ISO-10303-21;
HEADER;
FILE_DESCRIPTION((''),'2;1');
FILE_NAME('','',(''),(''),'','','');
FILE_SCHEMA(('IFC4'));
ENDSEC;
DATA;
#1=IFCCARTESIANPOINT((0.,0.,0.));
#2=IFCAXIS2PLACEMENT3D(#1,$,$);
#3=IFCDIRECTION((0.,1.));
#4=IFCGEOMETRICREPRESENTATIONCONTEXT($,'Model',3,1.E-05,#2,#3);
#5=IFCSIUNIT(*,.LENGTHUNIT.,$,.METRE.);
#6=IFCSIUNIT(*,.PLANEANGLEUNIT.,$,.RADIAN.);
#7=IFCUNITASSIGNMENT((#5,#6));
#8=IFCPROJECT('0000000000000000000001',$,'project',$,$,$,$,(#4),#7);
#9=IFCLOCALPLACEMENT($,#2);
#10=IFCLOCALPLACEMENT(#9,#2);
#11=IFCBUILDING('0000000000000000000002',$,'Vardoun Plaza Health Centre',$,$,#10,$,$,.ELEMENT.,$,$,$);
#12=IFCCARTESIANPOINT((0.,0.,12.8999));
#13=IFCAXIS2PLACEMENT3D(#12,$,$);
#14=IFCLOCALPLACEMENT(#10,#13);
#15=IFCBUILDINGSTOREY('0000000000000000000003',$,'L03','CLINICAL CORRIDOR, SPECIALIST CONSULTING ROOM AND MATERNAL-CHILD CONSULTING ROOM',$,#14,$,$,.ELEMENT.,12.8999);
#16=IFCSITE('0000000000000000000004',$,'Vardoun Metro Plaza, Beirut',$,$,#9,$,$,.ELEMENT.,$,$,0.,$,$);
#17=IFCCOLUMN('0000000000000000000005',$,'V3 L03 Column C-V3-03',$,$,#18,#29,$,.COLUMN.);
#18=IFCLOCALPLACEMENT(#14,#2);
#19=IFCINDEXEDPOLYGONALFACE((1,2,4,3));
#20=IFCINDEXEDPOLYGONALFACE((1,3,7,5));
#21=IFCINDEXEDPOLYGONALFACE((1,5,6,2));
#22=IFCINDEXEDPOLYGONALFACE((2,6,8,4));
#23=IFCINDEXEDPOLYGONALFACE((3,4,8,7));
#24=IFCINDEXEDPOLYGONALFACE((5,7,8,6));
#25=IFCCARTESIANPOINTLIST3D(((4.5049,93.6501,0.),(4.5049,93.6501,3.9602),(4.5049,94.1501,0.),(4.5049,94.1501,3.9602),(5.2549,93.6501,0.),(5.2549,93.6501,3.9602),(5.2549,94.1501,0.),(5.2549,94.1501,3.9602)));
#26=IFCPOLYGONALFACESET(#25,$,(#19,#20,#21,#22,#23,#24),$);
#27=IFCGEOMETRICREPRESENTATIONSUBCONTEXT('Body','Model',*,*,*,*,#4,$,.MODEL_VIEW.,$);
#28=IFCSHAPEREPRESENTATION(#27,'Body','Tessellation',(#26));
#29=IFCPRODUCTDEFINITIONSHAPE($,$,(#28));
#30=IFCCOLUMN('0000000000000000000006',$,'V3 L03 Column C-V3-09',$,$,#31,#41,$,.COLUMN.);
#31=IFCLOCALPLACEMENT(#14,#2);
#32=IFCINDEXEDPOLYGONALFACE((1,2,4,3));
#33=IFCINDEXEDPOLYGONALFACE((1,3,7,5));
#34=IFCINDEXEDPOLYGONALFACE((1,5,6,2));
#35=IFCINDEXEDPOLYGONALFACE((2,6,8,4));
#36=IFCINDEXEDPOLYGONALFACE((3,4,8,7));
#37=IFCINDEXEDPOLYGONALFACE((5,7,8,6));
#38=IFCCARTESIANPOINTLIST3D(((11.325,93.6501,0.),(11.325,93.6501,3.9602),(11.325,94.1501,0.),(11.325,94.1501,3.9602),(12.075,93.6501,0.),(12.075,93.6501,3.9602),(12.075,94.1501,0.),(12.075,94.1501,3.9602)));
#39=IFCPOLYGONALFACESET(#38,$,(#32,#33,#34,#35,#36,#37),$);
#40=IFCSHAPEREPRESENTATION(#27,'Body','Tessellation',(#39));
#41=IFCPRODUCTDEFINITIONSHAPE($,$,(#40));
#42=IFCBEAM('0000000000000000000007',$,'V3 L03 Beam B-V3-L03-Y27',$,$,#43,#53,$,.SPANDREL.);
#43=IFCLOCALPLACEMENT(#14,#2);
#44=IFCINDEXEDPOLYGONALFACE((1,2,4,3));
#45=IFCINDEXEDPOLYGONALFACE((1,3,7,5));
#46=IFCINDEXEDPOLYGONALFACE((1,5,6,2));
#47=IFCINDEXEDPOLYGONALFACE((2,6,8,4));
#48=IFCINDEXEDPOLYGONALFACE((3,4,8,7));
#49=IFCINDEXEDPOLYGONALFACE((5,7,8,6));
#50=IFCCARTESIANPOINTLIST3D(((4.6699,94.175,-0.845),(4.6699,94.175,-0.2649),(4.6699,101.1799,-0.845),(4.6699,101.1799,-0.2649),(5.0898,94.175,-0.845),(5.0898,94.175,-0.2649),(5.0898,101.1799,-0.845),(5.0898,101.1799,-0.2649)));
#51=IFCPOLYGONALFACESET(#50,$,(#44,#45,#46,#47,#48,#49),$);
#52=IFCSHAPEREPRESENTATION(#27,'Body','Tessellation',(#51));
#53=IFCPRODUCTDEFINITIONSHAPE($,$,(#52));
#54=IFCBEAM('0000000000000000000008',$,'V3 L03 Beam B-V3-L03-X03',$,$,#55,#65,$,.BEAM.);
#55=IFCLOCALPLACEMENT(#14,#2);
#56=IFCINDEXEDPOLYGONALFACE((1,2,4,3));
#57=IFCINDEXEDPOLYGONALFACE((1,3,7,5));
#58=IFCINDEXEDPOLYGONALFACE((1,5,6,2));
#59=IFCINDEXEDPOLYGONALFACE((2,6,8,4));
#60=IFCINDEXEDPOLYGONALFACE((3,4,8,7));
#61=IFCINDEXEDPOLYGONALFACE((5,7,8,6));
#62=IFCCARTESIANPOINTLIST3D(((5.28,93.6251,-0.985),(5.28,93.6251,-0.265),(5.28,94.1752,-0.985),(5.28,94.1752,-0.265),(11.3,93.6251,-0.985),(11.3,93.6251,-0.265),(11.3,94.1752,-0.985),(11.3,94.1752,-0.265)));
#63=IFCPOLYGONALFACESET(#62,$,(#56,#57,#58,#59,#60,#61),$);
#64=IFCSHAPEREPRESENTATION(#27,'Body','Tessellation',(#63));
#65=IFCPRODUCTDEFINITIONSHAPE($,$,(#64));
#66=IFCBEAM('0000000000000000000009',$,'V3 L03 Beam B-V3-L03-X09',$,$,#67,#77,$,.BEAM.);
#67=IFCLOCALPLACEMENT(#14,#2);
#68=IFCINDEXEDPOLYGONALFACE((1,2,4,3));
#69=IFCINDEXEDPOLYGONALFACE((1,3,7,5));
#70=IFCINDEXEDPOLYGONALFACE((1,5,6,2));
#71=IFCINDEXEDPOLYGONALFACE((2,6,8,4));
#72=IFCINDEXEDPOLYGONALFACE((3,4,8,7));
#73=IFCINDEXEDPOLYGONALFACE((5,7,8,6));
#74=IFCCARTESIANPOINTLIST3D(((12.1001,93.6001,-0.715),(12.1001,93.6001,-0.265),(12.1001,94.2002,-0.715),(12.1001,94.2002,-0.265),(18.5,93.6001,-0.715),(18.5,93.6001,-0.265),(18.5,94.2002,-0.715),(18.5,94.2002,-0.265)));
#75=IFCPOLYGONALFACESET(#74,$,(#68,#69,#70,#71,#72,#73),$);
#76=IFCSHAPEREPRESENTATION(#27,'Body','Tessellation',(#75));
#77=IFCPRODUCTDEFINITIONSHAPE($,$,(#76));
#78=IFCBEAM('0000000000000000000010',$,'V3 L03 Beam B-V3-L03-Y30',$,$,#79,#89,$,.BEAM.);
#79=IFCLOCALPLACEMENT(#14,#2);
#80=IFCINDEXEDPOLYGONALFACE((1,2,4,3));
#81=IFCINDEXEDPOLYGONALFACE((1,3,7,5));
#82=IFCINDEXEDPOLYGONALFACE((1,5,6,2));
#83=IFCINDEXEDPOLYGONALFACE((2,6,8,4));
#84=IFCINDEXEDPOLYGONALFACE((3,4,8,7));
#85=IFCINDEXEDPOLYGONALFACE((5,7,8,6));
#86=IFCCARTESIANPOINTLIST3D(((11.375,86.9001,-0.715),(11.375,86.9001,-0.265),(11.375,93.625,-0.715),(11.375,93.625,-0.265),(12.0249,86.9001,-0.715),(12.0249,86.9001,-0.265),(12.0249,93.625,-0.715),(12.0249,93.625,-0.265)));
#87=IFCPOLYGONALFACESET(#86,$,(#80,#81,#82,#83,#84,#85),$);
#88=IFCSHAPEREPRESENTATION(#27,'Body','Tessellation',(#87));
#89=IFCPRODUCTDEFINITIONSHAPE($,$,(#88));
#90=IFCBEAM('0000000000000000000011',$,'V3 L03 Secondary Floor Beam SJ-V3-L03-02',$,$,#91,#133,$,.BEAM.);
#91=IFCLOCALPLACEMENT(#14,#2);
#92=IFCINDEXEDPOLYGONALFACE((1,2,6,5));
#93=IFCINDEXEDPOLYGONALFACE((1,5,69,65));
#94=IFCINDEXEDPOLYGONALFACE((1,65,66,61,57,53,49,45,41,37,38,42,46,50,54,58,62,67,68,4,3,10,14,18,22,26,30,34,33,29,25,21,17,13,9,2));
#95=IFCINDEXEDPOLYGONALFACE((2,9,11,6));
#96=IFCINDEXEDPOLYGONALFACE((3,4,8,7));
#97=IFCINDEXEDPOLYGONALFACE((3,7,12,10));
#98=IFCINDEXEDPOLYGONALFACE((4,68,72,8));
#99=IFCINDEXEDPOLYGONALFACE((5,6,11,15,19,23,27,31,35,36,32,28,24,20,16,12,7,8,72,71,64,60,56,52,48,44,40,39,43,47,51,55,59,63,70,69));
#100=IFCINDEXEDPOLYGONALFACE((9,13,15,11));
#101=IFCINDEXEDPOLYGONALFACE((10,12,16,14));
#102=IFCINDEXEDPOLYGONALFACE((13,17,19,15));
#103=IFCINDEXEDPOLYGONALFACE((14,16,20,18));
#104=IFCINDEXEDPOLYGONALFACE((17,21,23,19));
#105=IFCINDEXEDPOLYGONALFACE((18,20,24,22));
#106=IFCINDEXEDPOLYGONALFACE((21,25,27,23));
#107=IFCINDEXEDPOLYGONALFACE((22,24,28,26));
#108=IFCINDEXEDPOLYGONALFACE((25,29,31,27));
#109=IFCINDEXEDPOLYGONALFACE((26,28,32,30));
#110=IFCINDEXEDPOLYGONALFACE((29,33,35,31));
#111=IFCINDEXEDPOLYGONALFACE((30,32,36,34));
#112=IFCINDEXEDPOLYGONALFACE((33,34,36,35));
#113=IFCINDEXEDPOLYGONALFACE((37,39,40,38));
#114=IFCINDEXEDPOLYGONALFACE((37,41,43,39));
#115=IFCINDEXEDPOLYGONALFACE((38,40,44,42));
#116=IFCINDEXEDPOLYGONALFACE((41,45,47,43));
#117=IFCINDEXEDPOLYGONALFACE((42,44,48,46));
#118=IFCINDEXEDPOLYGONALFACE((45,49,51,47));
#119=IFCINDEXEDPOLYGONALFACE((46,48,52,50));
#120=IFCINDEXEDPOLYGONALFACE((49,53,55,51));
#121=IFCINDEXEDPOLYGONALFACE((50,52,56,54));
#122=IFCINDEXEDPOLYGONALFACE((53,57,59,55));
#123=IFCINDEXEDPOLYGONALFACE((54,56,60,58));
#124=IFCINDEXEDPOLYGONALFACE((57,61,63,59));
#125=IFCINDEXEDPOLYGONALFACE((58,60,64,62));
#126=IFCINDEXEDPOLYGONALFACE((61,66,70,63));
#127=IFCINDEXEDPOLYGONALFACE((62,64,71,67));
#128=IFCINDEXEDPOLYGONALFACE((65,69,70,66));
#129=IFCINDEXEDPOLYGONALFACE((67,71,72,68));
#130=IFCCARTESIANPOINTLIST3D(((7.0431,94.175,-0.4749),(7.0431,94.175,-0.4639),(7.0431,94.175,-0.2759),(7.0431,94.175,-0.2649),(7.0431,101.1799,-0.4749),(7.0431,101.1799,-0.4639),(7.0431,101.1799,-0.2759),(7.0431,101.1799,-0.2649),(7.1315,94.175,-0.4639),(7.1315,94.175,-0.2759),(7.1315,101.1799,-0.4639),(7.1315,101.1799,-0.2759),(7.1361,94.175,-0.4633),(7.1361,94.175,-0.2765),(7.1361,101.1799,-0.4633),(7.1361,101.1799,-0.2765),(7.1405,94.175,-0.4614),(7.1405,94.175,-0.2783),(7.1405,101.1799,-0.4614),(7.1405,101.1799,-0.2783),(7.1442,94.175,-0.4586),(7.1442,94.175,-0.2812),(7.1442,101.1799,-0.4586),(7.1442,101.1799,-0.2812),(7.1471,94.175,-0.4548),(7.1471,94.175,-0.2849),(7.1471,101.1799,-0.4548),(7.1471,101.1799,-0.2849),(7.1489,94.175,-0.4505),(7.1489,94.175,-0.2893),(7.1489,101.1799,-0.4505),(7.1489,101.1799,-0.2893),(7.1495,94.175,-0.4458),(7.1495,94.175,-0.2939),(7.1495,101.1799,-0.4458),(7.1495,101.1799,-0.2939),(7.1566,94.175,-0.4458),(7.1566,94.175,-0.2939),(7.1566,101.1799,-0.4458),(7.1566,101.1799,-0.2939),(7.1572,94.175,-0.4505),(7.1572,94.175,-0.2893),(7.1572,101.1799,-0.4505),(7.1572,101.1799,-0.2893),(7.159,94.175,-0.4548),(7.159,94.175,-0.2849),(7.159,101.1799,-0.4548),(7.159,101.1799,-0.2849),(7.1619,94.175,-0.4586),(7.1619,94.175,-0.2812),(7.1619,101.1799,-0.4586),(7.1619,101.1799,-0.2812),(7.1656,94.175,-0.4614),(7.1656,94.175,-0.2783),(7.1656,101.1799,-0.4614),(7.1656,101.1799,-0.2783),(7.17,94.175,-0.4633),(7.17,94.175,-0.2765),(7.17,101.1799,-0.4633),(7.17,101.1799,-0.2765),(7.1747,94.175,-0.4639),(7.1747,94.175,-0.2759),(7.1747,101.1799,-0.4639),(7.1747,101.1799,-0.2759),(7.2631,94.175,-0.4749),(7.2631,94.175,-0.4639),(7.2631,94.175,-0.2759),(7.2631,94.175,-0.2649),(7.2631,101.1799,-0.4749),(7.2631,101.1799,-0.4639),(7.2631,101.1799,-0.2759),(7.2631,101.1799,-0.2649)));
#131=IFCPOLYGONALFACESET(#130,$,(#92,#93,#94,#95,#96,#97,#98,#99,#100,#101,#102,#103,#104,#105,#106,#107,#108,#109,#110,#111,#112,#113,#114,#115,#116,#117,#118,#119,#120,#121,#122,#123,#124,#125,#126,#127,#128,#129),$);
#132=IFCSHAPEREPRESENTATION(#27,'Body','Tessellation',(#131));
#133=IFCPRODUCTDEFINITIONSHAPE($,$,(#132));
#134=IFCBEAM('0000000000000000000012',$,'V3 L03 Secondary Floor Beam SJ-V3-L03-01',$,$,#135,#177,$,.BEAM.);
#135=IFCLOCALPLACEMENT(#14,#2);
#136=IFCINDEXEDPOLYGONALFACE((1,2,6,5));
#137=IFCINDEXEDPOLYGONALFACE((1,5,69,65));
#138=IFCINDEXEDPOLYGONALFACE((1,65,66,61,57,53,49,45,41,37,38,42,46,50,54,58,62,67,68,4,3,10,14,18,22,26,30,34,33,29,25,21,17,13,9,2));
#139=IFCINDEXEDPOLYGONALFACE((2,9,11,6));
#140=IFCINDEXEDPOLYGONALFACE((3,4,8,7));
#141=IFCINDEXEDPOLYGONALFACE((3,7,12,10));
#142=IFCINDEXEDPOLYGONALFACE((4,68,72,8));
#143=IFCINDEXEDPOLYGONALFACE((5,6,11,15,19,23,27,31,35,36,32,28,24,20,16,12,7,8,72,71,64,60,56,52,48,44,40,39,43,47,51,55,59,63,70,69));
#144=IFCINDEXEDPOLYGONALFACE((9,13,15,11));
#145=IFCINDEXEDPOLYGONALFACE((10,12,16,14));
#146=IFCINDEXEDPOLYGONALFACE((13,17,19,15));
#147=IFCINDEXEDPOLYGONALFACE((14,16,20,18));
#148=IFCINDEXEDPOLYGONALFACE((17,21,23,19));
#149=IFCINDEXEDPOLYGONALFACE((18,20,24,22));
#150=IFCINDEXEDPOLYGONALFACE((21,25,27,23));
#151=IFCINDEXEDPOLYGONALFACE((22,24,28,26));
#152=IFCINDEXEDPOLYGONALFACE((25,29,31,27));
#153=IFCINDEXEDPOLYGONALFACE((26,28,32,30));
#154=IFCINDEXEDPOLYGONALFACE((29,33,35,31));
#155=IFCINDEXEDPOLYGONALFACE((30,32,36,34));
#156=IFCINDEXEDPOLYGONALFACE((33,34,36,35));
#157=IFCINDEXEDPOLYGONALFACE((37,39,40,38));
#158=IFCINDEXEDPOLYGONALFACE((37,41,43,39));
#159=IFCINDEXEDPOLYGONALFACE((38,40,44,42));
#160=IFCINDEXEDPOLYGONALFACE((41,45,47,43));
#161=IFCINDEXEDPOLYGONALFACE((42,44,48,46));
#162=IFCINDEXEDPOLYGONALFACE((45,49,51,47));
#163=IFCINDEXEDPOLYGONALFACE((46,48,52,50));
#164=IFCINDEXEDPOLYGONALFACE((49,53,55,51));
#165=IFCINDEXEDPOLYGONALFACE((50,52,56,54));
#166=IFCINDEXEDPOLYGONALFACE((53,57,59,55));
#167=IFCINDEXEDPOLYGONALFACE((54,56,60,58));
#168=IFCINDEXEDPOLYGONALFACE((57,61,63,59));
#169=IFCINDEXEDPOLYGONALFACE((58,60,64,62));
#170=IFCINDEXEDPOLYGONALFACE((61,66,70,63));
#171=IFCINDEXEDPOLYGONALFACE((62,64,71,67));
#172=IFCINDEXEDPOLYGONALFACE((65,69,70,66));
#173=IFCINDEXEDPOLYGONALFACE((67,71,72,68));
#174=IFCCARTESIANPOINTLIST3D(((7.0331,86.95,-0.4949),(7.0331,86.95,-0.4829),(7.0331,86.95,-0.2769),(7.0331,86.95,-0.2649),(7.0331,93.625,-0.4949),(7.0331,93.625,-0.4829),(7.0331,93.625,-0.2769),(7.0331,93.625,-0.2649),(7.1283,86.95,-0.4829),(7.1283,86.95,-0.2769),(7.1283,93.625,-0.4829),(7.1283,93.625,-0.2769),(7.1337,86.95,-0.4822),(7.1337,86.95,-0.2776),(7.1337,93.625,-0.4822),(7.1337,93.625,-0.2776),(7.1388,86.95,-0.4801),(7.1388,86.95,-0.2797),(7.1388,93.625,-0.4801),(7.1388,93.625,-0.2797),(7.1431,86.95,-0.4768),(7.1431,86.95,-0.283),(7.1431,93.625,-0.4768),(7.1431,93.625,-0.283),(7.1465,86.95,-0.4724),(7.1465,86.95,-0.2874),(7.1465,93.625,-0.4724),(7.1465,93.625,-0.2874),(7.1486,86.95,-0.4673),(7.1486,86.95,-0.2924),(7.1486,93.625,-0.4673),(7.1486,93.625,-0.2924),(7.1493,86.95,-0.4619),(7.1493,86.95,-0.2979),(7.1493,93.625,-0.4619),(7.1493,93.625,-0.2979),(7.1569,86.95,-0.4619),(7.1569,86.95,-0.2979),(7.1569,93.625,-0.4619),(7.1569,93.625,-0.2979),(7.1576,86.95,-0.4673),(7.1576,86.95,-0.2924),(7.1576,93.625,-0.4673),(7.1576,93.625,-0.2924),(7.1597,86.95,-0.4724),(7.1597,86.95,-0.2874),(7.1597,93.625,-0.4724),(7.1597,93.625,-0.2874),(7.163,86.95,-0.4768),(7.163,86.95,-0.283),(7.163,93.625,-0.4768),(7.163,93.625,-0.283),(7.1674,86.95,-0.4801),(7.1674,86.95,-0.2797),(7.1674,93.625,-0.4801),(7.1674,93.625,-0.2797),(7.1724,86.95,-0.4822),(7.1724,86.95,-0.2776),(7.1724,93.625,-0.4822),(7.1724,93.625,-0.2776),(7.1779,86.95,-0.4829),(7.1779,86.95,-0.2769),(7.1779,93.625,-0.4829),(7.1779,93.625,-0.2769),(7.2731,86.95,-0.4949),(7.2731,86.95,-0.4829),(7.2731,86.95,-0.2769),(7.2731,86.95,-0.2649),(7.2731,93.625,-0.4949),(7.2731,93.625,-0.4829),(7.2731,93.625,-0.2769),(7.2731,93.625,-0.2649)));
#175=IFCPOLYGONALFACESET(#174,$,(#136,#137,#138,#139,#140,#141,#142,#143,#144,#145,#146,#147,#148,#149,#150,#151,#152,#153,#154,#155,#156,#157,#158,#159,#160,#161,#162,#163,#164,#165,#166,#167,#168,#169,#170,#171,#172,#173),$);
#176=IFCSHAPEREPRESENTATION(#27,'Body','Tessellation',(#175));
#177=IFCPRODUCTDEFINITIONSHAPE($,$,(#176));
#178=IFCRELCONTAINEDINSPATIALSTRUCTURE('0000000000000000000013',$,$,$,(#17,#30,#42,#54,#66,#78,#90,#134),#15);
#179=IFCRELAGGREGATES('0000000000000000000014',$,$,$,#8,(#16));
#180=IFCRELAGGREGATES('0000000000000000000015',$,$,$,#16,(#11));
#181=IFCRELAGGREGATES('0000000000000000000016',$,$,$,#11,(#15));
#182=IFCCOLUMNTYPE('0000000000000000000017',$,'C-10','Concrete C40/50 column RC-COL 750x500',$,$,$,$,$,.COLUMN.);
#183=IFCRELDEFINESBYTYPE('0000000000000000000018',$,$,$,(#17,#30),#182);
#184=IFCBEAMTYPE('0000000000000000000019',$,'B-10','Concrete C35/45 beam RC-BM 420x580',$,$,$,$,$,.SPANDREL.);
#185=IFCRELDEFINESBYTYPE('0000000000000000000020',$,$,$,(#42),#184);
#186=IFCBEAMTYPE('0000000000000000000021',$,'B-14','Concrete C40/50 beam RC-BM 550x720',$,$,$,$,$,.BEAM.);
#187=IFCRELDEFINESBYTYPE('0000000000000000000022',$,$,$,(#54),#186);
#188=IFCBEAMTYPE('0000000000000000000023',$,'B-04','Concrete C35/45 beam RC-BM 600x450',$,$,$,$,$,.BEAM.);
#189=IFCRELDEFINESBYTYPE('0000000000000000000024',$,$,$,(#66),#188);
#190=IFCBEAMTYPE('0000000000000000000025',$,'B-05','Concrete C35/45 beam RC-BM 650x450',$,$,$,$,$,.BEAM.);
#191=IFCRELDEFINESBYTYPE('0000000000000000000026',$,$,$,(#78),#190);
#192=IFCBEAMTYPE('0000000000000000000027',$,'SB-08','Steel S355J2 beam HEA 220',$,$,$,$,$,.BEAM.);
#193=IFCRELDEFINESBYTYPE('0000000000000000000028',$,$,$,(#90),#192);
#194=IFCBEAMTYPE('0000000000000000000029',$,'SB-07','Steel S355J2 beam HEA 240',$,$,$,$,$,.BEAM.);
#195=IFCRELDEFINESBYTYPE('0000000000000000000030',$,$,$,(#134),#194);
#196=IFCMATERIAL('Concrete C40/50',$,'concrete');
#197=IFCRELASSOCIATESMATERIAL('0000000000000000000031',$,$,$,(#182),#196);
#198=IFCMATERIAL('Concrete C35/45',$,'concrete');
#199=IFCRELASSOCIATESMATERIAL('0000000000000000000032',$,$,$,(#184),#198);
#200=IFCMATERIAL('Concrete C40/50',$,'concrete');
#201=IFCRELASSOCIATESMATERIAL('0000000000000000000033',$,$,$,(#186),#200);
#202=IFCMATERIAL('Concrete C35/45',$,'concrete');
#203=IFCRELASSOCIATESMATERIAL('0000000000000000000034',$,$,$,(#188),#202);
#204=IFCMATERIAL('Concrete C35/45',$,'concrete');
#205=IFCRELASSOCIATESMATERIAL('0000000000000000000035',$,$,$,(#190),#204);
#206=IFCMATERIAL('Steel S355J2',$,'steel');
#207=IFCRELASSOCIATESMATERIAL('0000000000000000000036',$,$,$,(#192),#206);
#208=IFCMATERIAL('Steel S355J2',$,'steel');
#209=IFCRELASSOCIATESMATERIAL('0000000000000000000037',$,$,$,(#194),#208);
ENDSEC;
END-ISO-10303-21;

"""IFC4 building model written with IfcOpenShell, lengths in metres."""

from ifc_helpers import new_model, si_unit, direction, frame, origin, origin_2d, place, context, subcontext, project, spatial, rectangle, i_section, extrude, material, material_profile, profile_set, type_object, element, save


model = new_model("IFC4")

# Units and contexts
model_context = context("Model", 3, precision=1e-05, world=origin(), true_north=direction((0.0, 1.0)))
body_context = subcontext(model_context, "Body", "Model", "MODEL_VIEW")
ifc_project = project(units=[si_unit("LENGTHUNIT", "METRE"), si_unit("PLANEANGLEUNIT", "RADIAN")], contexts=[model_context])

# Site, building, storey
site_placement = place(None, origin())
site = spatial("IfcSite", under=ifc_project, at=site_placement, Name="Vardoun Metro Plaza, Beirut", CompositionType="ELEMENT", RefElevation=0.0)
building_placement = place(site_placement, origin())
building = spatial("IfcBuilding", under=site, at=building_placement, Name="Vardoun Plaza Health Centre", CompositionType="ELEMENT")
storey_placement = place(building_placement, frame((0.0, 0.0, 12.8999)))
storey = spatial("IfcBuildingStorey", under=building, at=storey_placement, Name="L03", Description="CLINICAL CORRIDOR, SPECIALIST CONSULTING ROOM AND MATERNAL-CHILD CONSULTING ROOM", CompositionType="ELEMENT", Elevation=12.8999)

# Columns
ifc_material_1 = material(Name="Concrete C40/50", Category="concrete")
ifc_material_profile_1 = material_profile(ifc_material_1, rectangle(XDim=0.75, YDim=0.5, at=origin_2d()), Name="RC-COL 750x500")
ifc_profile_set_1 = profile_set([ifc_material_profile_1], Name="Concrete C40/50")
column_type = type_object("IfcColumnType", Name="C-10", Description="Concrete C40/50 column RC-COL 750x500", PredefinedType="COLUMN", material=ifc_profile_set_1)
for number, where, z_axis, x_axis, name in (
    (1, (4.8799, 93.9001, 0.0), (0.0, 0.0, 1.0), (1.0, 0.0, 0.0), "V3 L03 Column C-V3-03"),
    (2, (11.7, 93.9001, 0.0), (0.0, 0.0, 1.0), (1.0, 0.0, 0.0), "V3 L03 Column C-V3-09"),
):
    element("IfcColumn", number, at=place(storey_placement, frame(where, z_axis=z_axis, x_axis=x_axis)), inside=storey, type_object=column_type, Name=name, PredefinedType="COLUMN", context=body_context, shape_type="SweptSolid", body=[
        extrude(rectangle(XDim=0.75, YDim=0.5, at=origin_2d()), origin(), (0.0, 0.0, 1.0), 3.9602),
    ])

# Beams
ifc_material_2 = material(Name="Concrete C35/45", Category="concrete")
ifc_material_profile_2 = material_profile(ifc_material_2, rectangle(XDim=0.4199, YDim=0.5801, at=origin_2d()), Name="RC-BM 420x580")
ifc_profile_set_2 = profile_set([ifc_material_profile_2], Name="Concrete C35/45")
beam_type_1 = type_object("IfcBeamType", Name="B-10", Description="Concrete C35/45 beam RC-BM 420x580", PredefinedType="SPANDREL", material=ifc_profile_set_2)
beam_1_placement = place(storey_placement, frame((4.8799, 94.175, -0.5549), z_axis=(0.0, 1.0, 0.0), x_axis=(-1.0, 0.0, 0.0)))
element("IfcBeam", 3, at=beam_1_placement, inside=storey, type_object=beam_type_1, Name="V3 L03 Beam B-V3-L03-Y27", PredefinedType="SPANDREL", context=body_context, shape_type="SweptSolid", body=[
    extrude(rectangle(XDim=0.4199, YDim=0.5801, at=origin_2d()), origin(), (0.0, 0.0, 1.0), 7.0049),
])
ifc_material_3 = material(Name="Concrete C40/50", Category="concrete")
ifc_material_profile_3 = material_profile(ifc_material_3, rectangle(XDim=0.55, YDim=0.72, at=origin_2d()), Name="RC-BM 550x720")
ifc_profile_set_3 = profile_set([ifc_material_profile_3], Name="Concrete C40/50")
beam_type_2 = type_object("IfcBeamType", Name="B-14", Description="Concrete C40/50 beam RC-BM 550x720", PredefinedType="BEAM", material=ifc_profile_set_3)
beam_2_placement = place(storey_placement, frame((5.28, 93.9001, -0.625), z_axis=(1.0, 0.0, 0.0), x_axis=(0.0, 1.0, 0.0)))
element("IfcBeam", 4, at=beam_2_placement, inside=storey, type_object=beam_type_2, Name="V3 L03 Beam B-V3-L03-X03", PredefinedType="BEAM", context=body_context, shape_type="SweptSolid", body=[
    extrude(rectangle(XDim=0.55, YDim=0.72, at=origin_2d()), origin(), (0.0, 0.0, 1.0), 6.02),
])
ifc_material_4 = material(Name="Concrete C35/45", Category="concrete")
ifc_material_profile_4 = material_profile(ifc_material_4, rectangle(XDim=0.6001, YDim=0.45, at=origin_2d()), Name="RC-BM 600x450")
ifc_profile_set_4 = profile_set([ifc_material_profile_4], Name="Concrete C35/45")
beam_type_3 = type_object("IfcBeamType", Name="B-04", Description="Concrete C35/45 beam RC-BM 600x450", PredefinedType="BEAM", material=ifc_profile_set_4)
beam_3_placement = place(storey_placement, frame((12.1001, 93.9001, -0.49), z_axis=(1.0, 0.0, 0.0), x_axis=(0.0, 1.0, 0.0)))
element("IfcBeam", 5, at=beam_3_placement, inside=storey, type_object=beam_type_3, Name="V3 L03 Beam B-V3-L03-X09", PredefinedType="BEAM", context=body_context, shape_type="SweptSolid", body=[
    extrude(rectangle(XDim=0.6001, YDim=0.45, at=origin_2d()), origin(), (0.0, 0.0, 1.0), 6.3999),
])
ifc_material_5 = material(Name="Concrete C35/45", Category="concrete")
ifc_material_profile_5 = material_profile(ifc_material_5, rectangle(XDim=0.6499, YDim=0.45, at=origin_2d()), Name="RC-BM 650x450")
ifc_profile_set_5 = profile_set([ifc_material_profile_5], Name="Concrete C35/45")
beam_type_4 = type_object("IfcBeamType", Name="B-05", Description="Concrete C35/45 beam RC-BM 650x450", PredefinedType="BEAM", material=ifc_profile_set_5)
beam_4_placement = place(storey_placement, frame((11.7, 86.9001, -0.49), z_axis=(0.0, 1.0, 0.0), x_axis=(-1.0, 0.0, 0.0)))
element("IfcBeam", 6, at=beam_4_placement, inside=storey, type_object=beam_type_4, Name="V3 L03 Beam B-V3-L03-Y30", PredefinedType="BEAM", context=body_context, shape_type="SweptSolid", body=[
    extrude(rectangle(XDim=0.6499, YDim=0.45, at=origin_2d()), origin(), (0.0, 0.0, 1.0), 6.7249),
])
ifc_material_6 = material(Name="Steel S355J2", Category="steel")
ifc_material_profile_6 = material_profile(ifc_material_6, i_section(OverallWidth=0.22, OverallDepth=0.21, WebThickness=0.0071, FlangeThickness=0.011, FilletRadius=0.0181, at=origin_2d()), Name="HEA 220")
ifc_profile_set_6 = profile_set([ifc_material_profile_6], Name="Steel S355J2")
beam_type_5 = type_object("IfcBeamType", Name="SB-08", Description="Steel S355J2 beam HEA 220", PredefinedType="BEAM", material=ifc_profile_set_6)
beam_5_placement = place(storey_placement, frame((7.1531, 94.175, -0.3699), z_axis=(0.0, 1.0, 0.0), x_axis=(-1.0, 0.0, 0.0)))
element("IfcBeam", 7, at=beam_5_placement, inside=storey, type_object=beam_type_5, Name="V3 L03 Secondary Floor Beam SJ-V3-L03-02", PredefinedType="BEAM", context=body_context, shape_type="SweptSolid", body=[
    extrude(i_section(OverallWidth=0.22, OverallDepth=0.21, WebThickness=0.0071, FlangeThickness=0.011, FilletRadius=0.0181, at=origin_2d()), origin(), (0.0, 0.0, 1.0), 7.0049),
])
ifc_material_7 = material(Name="Steel S355J2", Category="steel")
ifc_material_profile_7 = material_profile(ifc_material_7, i_section(OverallWidth=0.24, OverallDepth=0.23, WebThickness=0.0076, FlangeThickness=0.012, FilletRadius=0.021, at=origin_2d()), Name="HEA 240")
ifc_profile_set_7 = profile_set([ifc_material_profile_7], Name="Steel S355J2")
beam_type_6 = type_object("IfcBeamType", Name="SB-07", Description="Steel S355J2 beam HEA 240", PredefinedType="BEAM", material=ifc_profile_set_7)
beam_6_placement = place(storey_placement, frame((7.1531, 86.95, -0.3799), z_axis=(0.0, 1.0, 0.0), x_axis=(-1.0, 0.0, 0.0)))
element("IfcBeam", 8, at=beam_6_placement, inside=storey, type_object=beam_type_6, Name="V3 L03 Secondary Floor Beam SJ-V3-L03-01", PredefinedType="BEAM", context=body_context, shape_type="SweptSolid", body=[
    extrude(i_section(OverallWidth=0.24, OverallDepth=0.23, WebThickness=0.0076, FlangeThickness=0.012, FilletRadius=0.021, at=origin_2d()), origin(), (0.0, 0.0, 1.0), 6.675),
])

save(model, "model.ifc")
